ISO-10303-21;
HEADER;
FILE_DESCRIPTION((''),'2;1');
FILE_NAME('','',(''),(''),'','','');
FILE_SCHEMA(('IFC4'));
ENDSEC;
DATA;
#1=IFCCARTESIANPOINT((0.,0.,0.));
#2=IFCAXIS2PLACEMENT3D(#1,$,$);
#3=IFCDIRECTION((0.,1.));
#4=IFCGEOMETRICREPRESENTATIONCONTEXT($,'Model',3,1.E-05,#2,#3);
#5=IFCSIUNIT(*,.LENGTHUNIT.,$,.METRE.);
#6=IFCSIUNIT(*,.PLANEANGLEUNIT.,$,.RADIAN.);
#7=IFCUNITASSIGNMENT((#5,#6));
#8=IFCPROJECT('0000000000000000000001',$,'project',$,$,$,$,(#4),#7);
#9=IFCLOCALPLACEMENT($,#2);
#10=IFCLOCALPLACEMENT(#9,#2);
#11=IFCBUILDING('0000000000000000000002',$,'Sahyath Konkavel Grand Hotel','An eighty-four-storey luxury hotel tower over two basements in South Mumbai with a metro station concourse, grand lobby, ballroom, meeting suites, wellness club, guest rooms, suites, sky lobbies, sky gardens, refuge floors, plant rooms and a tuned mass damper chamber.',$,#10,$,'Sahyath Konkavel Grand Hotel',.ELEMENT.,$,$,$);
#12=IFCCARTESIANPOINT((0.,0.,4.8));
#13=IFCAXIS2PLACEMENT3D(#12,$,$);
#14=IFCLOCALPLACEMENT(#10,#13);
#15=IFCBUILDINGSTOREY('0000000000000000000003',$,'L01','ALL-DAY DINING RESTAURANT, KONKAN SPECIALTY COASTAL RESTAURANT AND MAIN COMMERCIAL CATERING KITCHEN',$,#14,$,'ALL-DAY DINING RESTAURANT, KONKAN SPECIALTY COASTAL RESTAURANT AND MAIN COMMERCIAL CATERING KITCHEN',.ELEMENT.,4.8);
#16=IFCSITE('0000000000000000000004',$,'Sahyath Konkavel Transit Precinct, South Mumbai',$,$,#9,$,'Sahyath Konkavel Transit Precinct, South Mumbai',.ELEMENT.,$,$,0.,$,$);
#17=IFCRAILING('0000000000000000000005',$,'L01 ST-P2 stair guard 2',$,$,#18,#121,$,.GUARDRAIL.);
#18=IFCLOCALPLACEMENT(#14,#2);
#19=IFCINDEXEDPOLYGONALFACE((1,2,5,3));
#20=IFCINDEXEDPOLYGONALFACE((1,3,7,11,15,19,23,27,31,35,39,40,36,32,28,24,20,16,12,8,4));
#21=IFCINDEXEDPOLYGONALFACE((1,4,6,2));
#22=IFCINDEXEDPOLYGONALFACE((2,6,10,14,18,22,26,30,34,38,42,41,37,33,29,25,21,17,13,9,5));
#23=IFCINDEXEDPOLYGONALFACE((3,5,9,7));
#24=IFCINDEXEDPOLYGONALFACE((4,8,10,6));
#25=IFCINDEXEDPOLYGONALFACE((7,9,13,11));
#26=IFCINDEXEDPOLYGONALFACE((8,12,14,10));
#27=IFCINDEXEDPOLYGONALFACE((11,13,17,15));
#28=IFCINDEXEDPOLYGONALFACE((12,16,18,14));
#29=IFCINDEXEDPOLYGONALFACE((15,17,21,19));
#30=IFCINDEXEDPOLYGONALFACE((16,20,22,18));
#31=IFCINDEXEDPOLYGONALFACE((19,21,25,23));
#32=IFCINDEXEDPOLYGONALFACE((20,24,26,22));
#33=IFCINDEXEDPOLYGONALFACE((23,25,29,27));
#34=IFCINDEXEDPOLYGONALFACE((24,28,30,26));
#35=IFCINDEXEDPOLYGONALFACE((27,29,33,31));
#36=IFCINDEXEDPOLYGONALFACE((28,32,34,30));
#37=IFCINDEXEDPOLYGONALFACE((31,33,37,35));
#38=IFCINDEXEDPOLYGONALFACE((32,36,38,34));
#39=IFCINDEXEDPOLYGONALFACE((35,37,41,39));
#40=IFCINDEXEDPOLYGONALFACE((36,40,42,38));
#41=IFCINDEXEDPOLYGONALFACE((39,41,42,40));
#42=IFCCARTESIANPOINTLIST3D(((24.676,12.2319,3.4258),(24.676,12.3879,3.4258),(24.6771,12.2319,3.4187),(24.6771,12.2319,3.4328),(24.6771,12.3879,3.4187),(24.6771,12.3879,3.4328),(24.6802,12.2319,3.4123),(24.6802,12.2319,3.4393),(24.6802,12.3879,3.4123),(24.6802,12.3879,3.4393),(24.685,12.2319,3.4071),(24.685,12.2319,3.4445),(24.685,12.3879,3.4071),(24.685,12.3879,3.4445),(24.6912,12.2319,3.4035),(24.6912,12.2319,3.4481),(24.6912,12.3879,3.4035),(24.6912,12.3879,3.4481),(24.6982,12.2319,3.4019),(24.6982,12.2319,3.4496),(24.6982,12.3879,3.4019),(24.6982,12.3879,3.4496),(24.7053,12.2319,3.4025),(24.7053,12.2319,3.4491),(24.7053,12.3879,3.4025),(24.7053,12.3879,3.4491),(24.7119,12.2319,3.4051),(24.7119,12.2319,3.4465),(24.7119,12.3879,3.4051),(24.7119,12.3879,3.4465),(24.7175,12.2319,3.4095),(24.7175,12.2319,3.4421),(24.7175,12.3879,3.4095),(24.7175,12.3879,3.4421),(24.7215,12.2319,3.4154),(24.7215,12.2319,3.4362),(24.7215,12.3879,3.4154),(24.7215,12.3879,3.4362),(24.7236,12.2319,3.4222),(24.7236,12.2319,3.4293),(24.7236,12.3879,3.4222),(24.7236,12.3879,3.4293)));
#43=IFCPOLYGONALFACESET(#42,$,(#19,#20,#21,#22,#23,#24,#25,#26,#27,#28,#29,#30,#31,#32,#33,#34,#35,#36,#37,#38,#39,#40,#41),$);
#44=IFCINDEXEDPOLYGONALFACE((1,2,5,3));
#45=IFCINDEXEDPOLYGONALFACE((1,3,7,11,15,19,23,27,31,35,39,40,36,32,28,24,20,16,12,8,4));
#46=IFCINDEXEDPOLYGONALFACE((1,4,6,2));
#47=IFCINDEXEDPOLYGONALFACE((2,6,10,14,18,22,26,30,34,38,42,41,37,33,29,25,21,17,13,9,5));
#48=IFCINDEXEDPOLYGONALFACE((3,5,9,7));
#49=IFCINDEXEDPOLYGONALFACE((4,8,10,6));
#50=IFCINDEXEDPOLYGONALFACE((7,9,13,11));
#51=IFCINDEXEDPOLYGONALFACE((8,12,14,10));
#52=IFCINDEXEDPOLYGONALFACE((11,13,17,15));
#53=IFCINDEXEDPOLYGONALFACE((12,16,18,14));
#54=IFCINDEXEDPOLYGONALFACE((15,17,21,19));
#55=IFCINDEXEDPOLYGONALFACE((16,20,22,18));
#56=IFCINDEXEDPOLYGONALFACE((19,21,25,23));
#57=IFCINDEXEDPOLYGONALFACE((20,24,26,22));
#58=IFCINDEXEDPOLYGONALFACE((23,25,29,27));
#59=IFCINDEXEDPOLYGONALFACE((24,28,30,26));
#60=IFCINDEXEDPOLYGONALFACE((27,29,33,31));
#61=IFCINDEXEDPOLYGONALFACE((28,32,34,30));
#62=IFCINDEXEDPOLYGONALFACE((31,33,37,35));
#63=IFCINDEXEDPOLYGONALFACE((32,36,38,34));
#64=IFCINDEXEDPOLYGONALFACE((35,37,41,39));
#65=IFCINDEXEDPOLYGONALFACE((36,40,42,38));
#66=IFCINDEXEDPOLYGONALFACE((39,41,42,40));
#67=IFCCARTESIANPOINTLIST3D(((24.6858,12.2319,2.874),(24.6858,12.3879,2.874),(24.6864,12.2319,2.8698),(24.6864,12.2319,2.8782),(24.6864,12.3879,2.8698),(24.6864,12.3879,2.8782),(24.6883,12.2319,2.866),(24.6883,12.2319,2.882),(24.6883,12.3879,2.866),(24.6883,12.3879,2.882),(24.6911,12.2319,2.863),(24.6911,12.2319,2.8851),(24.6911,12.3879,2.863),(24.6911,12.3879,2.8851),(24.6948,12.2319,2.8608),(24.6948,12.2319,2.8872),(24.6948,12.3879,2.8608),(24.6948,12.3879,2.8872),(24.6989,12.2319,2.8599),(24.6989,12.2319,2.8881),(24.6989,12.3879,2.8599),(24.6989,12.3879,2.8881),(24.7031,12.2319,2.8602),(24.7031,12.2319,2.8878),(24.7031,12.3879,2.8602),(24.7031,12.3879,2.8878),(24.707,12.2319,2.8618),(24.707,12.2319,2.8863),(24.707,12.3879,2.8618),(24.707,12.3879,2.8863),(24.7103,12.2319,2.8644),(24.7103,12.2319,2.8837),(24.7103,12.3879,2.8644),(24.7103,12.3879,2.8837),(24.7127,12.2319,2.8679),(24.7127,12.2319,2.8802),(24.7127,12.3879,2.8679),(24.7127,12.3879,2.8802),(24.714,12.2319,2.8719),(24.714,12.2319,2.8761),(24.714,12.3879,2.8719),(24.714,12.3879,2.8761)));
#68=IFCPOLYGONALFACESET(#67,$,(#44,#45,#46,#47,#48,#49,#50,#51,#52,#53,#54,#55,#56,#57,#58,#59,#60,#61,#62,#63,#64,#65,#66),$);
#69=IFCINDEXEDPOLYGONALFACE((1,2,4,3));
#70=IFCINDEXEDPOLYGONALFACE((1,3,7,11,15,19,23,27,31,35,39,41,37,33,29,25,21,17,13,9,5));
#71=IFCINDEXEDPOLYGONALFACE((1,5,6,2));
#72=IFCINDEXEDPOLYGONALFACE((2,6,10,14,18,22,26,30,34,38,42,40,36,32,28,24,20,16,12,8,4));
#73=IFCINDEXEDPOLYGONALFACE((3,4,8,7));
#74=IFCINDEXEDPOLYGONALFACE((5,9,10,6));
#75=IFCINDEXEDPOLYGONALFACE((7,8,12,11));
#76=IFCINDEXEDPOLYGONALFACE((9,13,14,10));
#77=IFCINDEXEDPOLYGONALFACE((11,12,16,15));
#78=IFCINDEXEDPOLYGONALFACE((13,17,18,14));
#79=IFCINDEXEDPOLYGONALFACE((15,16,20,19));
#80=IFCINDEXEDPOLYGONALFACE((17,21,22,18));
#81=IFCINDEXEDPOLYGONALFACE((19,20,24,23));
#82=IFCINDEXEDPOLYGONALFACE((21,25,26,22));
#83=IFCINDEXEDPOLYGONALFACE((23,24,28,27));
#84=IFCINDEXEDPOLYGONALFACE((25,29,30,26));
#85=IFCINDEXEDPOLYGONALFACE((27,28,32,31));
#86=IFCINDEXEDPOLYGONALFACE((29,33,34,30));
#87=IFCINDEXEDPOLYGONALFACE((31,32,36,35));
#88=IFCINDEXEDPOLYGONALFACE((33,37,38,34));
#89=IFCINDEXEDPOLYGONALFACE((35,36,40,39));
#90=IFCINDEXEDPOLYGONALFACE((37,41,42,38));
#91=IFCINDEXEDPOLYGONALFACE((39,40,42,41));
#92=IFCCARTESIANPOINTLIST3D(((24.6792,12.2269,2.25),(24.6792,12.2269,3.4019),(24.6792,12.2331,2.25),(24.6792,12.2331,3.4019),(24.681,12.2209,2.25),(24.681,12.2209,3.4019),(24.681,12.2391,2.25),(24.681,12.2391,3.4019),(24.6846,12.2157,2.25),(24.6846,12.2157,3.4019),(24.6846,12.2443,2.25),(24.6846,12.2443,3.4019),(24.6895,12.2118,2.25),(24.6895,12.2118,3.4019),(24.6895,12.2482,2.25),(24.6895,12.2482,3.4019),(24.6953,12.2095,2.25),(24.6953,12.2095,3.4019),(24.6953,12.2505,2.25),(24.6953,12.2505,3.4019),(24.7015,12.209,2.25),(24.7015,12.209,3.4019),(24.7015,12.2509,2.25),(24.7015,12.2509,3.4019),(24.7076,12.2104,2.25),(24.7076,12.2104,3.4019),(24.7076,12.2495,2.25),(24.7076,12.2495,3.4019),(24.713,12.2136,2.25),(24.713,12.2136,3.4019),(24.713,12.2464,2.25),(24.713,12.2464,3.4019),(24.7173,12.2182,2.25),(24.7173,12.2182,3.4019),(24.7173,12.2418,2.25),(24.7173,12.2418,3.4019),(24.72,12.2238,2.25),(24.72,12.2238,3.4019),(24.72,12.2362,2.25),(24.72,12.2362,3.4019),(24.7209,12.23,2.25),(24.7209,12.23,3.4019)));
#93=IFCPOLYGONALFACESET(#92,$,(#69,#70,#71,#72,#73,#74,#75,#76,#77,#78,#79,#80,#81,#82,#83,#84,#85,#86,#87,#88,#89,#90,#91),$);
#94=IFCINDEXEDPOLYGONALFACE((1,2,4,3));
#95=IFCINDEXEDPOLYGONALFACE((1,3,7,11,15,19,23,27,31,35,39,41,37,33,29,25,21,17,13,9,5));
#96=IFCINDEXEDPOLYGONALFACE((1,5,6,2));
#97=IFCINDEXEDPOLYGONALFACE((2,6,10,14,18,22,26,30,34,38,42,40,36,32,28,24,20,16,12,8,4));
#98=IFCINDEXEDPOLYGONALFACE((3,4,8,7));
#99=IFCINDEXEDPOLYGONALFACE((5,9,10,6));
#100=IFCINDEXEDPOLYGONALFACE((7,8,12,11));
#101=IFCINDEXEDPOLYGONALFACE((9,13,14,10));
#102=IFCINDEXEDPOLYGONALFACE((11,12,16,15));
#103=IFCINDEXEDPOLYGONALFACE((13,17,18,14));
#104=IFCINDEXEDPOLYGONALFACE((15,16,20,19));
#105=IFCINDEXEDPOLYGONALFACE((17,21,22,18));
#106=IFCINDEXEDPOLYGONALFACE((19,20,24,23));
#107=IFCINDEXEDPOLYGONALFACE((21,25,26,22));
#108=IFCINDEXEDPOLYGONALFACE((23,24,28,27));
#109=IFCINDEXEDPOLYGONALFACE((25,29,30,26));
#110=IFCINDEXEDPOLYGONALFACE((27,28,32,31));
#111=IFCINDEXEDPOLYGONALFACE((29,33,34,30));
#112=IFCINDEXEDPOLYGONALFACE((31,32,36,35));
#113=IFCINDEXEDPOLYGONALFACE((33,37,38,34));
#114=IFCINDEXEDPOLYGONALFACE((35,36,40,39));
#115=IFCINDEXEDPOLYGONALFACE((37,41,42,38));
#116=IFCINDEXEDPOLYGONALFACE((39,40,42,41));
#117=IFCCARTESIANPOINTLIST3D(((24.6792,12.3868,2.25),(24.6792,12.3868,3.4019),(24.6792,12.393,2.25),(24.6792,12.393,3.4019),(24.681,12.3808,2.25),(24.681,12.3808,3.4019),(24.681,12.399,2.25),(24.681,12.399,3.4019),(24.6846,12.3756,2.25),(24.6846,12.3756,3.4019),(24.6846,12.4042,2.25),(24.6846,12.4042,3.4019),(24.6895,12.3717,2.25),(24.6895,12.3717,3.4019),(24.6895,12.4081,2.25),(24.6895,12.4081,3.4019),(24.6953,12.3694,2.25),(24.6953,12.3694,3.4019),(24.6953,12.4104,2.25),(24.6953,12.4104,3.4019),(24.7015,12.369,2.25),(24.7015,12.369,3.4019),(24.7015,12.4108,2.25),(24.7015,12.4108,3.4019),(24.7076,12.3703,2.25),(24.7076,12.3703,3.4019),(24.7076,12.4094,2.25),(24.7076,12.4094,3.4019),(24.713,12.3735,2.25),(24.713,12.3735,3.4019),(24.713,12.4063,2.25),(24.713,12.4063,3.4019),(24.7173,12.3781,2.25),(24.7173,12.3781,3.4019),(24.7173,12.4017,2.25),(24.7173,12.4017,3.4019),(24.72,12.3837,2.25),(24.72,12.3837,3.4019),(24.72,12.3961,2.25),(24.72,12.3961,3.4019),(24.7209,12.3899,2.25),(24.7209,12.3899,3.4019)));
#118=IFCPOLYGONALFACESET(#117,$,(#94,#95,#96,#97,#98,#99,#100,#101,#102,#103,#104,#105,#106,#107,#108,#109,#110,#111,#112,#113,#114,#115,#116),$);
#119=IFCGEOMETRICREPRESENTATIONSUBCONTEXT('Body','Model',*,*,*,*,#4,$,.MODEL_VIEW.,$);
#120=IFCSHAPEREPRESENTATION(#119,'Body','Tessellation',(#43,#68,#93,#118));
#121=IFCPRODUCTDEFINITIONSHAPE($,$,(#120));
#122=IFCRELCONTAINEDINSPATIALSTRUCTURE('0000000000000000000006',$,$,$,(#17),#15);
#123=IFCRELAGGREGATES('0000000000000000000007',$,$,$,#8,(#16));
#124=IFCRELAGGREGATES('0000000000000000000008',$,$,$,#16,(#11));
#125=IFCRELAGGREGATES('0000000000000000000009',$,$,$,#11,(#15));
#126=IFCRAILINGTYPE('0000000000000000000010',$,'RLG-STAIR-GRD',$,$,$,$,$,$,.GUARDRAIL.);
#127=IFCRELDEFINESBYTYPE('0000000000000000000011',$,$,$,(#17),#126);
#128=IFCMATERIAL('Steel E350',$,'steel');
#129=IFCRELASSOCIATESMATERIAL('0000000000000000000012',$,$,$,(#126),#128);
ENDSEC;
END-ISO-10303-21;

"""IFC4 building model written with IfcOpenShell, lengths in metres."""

from ifc_helpers import new_model, si_unit, direction, frame, origin, origin_2d, place, context, subcontext, project, spatial, circle, extrude, material, type_object, element, save


model = new_model("IFC4")

# Units and contexts
model_context = context("Model", 3, precision=1e-05, world=origin(), true_north=direction((0.0, 1.0)))
body_context = subcontext(model_context, "Body", "Model", "MODEL_VIEW")
ifc_project = project(units=[si_unit("LENGTHUNIT", "METRE"), si_unit("PLANEANGLEUNIT", "RADIAN")], contexts=[model_context])

# Site, building, storey
site_placement = place(None, origin())
site = spatial("IfcSite", under=ifc_project, at=site_placement, Name="Sahyath Konkavel Transit Precinct, South Mumbai", LongName="Sahyath Konkavel Transit Precinct, South Mumbai", CompositionType="ELEMENT", RefElevation=0.0)
building_placement = place(site_placement, origin())
building = spatial("IfcBuilding", under=site, at=building_placement, Name="Sahyath Konkavel Grand Hotel", Description="An eighty-four-storey luxury hotel tower over two basements in South Mumbai with a metro station concourse, grand lobby, ballroom, meeting suites, wellness club, guest rooms, suites, sky lobbies, sky gardens, refuge floors, plant rooms and a tuned mass damper chamber.", LongName="Sahyath Konkavel Grand Hotel", CompositionType="ELEMENT")
storey_placement = place(building_placement, frame((0.0, 0.0, 4.8)))
storey = spatial("IfcBuildingStorey", under=building, at=storey_placement, Name="L01", Description="ALL-DAY DINING RESTAURANT, KONKAN SPECIALTY COASTAL RESTAURANT AND MAIN COMMERCIAL CATERING KITCHEN", LongName="ALL-DAY DINING RESTAURANT, KONKAN SPECIALTY COASTAL RESTAURANT AND MAIN COMMERCIAL CATERING KITCHEN", CompositionType="ELEMENT", Elevation=4.8)

# Shared definitions
ifc_material_1 = material(Name="Steel E350", Category="steel")

# Railing
railing_type_1 = type_object("IfcRailingType", Name="RLG-STAIR-GRD", PredefinedType="GUARDRAIL", material=ifc_material_1)
railing_1_placement = place(storey_placement, frame((24.7, 12.23, 2.25)))
element("IfcRailing", 1, at=railing_1_placement, inside=storey, type_object=railing_type_1, Name="L01 ST-P2 stair guard 2", PredefinedType="GUARDRAIL", context=body_context, shape_type="SweptSolid", body=[
    extrude(circle(Radius=0.0239, at=origin_2d()), frame((0.0, 0.002, 1.1758), z_axis=(0.0, 1.0, 0.0), x_axis=(-1.0, 0.0, 0.0)), (0.0, 0.0, 1.0), 0.156),
    extrude(circle(Radius=0.0142, at=origin_2d()), frame((0.0, 0.002, 0.624), z_axis=(0.0, 1.0, 0.0), x_axis=(-1.0, 0.0, 0.0)), (0.0, 0.0, 1.0), 0.156),
    extrude(circle(Radius=0.021, at=origin_2d()), origin(), (0.0, 0.0, 1.0), 1.1519),
    extrude(circle(Radius=0.021, at=origin_2d()), frame((0.0, 0.1599, 0.0)), (0.0, 0.0, 1.0), 1.1519),
])

save(model, "model.ifc")
